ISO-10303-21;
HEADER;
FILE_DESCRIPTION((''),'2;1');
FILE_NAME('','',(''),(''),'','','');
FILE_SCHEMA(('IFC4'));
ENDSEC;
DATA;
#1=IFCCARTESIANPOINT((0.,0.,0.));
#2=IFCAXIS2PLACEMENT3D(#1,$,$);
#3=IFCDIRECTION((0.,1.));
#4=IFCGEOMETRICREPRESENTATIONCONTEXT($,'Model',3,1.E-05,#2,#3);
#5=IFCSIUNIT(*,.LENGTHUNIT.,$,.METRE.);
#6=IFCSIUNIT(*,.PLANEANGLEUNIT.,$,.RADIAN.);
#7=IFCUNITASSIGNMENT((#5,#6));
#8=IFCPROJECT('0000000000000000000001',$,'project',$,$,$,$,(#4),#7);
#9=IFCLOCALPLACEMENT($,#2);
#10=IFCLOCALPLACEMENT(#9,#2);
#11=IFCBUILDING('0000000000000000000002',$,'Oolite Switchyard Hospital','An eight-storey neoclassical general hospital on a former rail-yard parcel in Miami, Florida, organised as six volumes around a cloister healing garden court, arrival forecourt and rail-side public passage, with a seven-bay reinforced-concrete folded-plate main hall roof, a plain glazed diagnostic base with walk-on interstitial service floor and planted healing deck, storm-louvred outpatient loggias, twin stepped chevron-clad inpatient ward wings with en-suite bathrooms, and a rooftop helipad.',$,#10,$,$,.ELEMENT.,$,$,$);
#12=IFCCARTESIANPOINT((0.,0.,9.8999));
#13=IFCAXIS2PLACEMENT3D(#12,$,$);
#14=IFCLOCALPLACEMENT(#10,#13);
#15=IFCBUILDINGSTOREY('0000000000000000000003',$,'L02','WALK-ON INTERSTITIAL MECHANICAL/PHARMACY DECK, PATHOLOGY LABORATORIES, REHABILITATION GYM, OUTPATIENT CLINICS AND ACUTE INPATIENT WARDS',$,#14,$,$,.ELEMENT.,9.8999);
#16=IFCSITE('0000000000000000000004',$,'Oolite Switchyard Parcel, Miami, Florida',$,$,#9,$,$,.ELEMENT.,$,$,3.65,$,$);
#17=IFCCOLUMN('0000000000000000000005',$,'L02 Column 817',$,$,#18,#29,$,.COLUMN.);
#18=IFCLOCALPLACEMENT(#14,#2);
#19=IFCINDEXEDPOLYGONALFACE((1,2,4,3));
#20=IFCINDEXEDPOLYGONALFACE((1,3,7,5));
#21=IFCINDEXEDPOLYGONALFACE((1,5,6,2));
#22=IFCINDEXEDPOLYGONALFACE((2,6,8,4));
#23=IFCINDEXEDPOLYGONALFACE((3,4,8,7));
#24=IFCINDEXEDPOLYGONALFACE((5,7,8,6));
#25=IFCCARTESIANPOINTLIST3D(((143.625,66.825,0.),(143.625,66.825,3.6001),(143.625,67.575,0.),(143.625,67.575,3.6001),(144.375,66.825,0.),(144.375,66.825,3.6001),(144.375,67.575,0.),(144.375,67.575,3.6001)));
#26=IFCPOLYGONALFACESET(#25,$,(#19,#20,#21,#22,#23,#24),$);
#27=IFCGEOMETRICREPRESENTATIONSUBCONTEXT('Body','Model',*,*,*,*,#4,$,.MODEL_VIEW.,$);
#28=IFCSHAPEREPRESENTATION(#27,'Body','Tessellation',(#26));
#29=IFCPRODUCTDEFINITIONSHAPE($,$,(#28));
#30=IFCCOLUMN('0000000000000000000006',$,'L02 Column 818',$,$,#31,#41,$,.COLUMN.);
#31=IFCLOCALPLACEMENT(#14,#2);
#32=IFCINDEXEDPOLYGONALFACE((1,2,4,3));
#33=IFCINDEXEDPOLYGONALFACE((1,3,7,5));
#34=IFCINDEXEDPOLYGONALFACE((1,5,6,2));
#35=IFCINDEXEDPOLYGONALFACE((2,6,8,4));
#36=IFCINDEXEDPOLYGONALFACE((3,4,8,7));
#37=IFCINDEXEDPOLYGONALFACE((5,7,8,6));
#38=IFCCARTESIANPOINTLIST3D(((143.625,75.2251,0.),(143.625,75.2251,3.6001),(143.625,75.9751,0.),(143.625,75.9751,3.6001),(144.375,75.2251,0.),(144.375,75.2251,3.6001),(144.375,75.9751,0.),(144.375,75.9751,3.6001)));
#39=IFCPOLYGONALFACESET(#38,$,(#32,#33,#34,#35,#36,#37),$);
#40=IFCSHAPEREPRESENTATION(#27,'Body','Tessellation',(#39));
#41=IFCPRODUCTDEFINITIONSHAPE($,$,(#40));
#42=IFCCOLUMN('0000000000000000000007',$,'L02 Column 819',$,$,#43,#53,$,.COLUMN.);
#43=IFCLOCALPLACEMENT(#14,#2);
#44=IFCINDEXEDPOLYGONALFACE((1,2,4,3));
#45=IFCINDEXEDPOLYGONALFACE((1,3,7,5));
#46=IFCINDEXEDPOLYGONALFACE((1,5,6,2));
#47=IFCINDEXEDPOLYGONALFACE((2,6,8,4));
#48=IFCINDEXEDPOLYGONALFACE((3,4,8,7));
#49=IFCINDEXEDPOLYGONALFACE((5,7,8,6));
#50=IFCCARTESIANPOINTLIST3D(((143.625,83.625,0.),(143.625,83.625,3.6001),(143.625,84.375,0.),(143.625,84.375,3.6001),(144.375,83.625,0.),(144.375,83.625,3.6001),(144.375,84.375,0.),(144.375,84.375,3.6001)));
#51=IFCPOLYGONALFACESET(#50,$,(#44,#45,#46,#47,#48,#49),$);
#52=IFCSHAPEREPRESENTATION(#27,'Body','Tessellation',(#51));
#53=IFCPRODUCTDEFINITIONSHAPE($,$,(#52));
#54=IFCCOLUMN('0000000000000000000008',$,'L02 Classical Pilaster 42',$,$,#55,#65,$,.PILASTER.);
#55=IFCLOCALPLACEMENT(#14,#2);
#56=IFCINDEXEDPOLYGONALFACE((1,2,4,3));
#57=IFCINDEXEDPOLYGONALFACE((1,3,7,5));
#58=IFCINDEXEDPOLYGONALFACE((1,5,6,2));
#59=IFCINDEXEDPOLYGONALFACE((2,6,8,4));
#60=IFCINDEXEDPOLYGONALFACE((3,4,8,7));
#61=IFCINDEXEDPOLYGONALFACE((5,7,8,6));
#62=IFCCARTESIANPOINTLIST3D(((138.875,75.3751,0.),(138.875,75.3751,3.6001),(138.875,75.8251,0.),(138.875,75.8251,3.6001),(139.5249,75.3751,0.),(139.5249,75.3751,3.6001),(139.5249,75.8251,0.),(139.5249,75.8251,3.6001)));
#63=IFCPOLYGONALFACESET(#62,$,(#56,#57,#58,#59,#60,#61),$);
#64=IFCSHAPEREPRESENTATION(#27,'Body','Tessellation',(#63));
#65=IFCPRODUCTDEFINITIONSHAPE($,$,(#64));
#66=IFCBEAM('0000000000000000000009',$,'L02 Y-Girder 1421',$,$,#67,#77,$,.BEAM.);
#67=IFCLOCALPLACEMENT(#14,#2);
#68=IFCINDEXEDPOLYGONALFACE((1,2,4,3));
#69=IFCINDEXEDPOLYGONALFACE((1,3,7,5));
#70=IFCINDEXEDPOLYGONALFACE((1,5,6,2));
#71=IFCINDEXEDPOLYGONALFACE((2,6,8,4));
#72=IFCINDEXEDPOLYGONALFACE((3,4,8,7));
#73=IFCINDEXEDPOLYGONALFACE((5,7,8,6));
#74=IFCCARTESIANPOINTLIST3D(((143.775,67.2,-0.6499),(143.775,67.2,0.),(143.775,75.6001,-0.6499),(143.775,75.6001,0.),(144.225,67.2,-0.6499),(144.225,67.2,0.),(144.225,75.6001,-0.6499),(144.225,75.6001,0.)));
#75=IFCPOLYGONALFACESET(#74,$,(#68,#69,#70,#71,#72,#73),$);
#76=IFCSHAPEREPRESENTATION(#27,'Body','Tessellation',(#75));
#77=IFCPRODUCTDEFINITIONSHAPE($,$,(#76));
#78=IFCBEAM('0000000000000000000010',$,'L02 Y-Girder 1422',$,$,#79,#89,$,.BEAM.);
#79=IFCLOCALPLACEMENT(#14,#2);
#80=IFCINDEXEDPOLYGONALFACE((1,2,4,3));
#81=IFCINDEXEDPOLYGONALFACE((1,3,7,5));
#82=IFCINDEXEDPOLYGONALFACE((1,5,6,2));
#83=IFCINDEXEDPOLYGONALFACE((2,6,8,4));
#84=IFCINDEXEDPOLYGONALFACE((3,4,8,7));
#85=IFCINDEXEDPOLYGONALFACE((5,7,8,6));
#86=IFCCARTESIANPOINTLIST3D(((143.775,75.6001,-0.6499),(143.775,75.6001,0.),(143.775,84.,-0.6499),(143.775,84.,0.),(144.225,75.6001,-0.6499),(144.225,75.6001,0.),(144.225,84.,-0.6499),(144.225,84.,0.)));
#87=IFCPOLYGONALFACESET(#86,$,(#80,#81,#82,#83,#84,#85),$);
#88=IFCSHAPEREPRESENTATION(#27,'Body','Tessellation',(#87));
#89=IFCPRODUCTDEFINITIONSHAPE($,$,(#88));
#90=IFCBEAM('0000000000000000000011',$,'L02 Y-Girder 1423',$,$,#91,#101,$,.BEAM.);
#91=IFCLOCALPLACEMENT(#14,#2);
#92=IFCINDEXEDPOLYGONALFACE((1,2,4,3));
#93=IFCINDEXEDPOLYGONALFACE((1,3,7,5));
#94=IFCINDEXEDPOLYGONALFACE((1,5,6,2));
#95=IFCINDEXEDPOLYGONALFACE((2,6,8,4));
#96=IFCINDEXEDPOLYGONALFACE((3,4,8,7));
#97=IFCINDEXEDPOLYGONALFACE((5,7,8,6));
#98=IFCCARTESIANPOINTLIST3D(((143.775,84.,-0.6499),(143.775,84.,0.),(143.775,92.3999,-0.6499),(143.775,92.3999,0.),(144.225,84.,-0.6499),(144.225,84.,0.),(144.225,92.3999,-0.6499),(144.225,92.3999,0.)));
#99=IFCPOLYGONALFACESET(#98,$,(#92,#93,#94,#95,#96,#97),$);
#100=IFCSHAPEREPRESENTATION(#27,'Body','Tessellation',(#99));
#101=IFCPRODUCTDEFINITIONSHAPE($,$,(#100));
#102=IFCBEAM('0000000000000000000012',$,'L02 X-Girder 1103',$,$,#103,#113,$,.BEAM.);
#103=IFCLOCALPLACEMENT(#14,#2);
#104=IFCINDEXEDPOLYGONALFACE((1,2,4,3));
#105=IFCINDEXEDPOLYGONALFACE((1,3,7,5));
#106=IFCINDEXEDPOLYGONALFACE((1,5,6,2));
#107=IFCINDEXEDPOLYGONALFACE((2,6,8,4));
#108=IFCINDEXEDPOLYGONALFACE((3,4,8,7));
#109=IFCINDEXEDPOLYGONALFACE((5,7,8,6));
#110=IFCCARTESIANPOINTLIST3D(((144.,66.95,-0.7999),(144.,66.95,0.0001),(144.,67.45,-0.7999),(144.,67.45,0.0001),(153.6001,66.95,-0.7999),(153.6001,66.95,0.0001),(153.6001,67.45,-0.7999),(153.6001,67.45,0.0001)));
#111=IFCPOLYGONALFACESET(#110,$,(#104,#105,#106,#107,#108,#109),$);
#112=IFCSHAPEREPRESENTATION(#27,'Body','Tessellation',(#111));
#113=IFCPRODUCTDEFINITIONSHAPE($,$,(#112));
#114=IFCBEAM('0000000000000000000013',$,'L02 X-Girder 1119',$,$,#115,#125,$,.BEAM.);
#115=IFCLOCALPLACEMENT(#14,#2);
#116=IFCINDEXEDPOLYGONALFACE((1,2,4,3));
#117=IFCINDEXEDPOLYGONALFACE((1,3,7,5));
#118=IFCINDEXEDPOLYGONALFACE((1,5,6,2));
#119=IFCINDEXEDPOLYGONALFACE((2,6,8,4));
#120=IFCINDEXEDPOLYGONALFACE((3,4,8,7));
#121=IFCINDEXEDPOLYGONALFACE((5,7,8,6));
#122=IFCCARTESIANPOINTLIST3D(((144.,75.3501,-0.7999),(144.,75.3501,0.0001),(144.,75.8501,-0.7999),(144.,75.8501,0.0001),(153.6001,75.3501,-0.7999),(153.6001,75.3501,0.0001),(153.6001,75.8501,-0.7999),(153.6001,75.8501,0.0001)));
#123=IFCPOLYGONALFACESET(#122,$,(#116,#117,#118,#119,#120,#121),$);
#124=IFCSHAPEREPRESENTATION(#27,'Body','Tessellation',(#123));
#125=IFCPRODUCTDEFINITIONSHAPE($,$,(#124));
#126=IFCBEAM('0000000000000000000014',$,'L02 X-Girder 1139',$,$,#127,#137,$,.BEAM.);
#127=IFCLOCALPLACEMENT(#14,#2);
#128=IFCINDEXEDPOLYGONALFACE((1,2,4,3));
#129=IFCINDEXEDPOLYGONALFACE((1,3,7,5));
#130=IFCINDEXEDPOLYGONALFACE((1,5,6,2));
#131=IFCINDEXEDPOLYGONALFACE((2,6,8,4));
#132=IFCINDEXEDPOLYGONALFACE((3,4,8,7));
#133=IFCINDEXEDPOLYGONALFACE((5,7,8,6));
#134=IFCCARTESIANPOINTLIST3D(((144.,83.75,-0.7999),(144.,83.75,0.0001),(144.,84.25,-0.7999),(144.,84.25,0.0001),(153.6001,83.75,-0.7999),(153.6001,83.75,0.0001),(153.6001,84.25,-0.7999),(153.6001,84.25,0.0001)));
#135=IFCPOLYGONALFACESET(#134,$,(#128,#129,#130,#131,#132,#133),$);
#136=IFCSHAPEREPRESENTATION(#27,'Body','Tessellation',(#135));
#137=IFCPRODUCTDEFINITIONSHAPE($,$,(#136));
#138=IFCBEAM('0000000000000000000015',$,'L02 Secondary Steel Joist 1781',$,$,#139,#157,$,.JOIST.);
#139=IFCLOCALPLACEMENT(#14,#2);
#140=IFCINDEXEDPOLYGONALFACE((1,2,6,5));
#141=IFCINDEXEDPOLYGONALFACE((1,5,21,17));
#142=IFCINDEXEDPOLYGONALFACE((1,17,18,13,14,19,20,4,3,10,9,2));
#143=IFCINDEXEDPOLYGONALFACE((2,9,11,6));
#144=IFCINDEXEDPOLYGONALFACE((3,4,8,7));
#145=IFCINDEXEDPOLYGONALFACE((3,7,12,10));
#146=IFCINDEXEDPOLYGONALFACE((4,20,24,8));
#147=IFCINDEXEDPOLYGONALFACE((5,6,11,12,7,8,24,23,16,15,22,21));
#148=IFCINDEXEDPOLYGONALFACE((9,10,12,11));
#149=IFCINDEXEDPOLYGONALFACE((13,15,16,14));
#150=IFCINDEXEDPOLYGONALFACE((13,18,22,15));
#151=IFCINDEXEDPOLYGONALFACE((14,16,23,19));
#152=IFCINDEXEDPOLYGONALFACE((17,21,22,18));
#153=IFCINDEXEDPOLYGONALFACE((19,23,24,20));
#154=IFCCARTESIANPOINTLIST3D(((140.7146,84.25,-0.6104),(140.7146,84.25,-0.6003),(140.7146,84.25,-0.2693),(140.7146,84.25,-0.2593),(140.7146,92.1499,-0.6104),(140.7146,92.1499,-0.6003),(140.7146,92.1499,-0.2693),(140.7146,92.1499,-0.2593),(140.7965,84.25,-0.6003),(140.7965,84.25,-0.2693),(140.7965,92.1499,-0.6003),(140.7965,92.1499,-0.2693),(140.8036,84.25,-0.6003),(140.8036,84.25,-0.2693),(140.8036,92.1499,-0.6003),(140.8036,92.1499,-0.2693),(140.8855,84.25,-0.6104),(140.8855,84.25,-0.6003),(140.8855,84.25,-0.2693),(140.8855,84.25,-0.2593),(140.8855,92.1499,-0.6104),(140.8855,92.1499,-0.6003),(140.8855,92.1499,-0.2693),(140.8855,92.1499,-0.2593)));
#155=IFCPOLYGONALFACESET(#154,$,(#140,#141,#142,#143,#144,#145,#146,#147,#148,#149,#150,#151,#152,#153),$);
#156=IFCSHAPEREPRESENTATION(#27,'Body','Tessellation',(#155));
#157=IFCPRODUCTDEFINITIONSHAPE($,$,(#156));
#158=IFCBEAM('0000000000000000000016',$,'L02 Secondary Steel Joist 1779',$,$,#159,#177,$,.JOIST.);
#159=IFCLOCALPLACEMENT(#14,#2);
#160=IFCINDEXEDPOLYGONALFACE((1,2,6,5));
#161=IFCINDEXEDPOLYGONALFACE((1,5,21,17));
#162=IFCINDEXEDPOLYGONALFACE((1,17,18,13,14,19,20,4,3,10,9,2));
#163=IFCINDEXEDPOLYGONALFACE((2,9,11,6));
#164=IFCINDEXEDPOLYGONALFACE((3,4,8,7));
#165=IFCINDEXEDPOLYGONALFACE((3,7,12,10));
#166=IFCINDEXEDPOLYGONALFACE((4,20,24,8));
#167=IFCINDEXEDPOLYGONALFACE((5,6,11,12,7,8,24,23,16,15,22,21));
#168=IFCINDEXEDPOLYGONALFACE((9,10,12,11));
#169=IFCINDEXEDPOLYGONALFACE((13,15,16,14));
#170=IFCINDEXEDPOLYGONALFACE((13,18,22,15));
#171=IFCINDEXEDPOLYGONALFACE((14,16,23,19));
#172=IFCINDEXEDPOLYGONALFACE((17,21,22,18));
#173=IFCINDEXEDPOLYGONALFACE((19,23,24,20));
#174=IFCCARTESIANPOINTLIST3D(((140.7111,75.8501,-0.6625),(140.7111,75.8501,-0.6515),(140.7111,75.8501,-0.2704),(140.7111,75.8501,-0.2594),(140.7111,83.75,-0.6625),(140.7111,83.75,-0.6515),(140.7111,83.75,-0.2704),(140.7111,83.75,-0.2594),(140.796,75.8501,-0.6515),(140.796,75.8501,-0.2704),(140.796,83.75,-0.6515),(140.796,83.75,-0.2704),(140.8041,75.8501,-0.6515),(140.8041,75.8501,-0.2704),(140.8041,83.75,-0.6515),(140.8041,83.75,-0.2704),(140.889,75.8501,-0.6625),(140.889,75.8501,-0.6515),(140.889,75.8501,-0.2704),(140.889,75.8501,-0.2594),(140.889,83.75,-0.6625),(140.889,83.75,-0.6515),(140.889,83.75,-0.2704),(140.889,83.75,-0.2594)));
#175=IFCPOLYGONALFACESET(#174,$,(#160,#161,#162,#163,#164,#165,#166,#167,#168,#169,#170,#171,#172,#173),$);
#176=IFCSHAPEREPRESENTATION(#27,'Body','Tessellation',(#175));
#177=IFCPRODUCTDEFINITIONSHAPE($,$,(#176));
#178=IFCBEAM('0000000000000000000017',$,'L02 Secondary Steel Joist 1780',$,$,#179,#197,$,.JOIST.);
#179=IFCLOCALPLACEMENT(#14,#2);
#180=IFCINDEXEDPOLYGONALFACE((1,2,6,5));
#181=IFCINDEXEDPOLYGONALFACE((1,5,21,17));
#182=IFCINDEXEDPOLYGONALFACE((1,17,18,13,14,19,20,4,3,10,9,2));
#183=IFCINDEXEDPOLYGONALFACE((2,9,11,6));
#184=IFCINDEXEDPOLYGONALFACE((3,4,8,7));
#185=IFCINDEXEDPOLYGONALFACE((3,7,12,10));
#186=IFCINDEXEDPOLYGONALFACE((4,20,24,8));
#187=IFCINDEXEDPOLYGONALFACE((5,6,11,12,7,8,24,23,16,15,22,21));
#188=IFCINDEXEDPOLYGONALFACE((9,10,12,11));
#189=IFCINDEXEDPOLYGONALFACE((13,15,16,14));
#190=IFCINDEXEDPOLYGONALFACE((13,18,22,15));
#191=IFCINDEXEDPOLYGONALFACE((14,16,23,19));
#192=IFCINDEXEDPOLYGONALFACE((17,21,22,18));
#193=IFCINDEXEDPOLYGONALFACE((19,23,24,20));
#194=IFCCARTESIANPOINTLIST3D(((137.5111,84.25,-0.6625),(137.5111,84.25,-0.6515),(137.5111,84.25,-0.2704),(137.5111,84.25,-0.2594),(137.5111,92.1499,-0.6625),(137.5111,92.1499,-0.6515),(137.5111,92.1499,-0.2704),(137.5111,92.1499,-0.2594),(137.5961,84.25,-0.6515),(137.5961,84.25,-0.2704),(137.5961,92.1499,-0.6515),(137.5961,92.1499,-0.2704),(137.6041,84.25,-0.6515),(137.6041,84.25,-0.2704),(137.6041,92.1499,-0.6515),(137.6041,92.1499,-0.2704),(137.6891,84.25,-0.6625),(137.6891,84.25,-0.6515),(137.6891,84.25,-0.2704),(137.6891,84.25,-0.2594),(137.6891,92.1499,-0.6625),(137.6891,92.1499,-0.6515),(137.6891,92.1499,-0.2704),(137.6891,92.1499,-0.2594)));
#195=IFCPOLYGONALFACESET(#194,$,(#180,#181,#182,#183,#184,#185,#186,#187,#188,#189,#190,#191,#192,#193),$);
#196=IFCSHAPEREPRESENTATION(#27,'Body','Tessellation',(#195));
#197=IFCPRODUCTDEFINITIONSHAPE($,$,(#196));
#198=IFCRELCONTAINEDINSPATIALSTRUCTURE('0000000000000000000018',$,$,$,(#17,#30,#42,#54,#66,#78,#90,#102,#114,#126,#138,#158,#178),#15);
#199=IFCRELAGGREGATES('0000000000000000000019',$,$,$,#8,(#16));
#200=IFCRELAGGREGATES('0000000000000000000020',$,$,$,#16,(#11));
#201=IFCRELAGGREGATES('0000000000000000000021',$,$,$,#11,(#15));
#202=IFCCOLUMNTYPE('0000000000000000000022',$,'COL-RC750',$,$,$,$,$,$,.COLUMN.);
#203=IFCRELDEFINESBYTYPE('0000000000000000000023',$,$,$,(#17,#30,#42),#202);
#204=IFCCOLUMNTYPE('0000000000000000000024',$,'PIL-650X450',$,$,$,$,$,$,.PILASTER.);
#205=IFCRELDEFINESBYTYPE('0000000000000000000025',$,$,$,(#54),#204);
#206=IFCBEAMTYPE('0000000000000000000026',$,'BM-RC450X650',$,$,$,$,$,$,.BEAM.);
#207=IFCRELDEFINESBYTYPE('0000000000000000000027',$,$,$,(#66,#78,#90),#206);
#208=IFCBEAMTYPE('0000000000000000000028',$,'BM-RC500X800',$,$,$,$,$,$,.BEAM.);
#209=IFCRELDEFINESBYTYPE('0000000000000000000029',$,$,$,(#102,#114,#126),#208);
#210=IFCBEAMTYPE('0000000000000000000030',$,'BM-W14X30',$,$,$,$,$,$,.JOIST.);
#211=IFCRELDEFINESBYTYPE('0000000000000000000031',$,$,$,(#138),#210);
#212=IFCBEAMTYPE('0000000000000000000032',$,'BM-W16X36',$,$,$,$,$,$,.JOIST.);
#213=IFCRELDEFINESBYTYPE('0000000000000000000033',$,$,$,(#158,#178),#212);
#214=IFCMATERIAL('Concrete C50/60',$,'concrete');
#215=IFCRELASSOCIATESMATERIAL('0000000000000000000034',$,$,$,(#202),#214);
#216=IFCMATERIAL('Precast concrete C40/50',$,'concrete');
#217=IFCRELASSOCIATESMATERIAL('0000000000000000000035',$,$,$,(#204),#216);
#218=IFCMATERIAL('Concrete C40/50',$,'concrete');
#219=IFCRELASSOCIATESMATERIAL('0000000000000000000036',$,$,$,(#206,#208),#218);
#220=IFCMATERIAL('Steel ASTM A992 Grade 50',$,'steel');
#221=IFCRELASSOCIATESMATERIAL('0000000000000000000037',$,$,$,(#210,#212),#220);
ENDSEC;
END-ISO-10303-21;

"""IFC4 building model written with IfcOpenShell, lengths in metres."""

from ifc_helpers import new_model, si_unit, direction, frame, origin, origin_2d, place, context, subcontext, project, spatial, rectangle, i_section, extrude, material, material_profile, profile_set, type_object, element, save


model = new_model("IFC4")

# Units and contexts
model_context = context("Model", 3, precision=1e-05, world=origin(), true_north=direction((0.0, 1.0)))
body_context = subcontext(model_context, "Body", "Model", "MODEL_VIEW")
ifc_project = project(units=[si_unit("LENGTHUNIT", "METRE"), si_unit("PLANEANGLEUNIT", "RADIAN")], contexts=[model_context])

# Site, building, storey
site_placement = place(None, origin())
site = spatial("IfcSite", under=ifc_project, at=site_placement, Name="Oolite Switchyard Parcel, Miami, Florida", CompositionType="ELEMENT", RefElevation=3.65)
building_placement = place(site_placement, origin())
building = spatial("IfcBuilding", under=site, at=building_placement, Name="Oolite Switchyard Hospital", Description="An eight-storey neoclassical general hospital on a former rail-yard parcel in Miami, Florida, organised as six volumes around a cloister healing garden court, arrival forecourt and rail-side public passage, with a seven-bay reinforced-concrete folded-plate main hall roof, a plain glazed diagnostic base with walk-on interstitial service floor and planted healing deck, storm-louvred outpatient loggias, twin stepped chevron-clad inpatient ward wings with en-suite bathrooms, and a rooftop helipad.", CompositionType="ELEMENT")
storey_placement = place(building_placement, frame((0.0, 0.0, 9.8999)))
storey = spatial("IfcBuildingStorey", under=building, at=storey_placement, Name="L02", Description="WALK-ON INTERSTITIAL MECHANICAL/PHARMACY DECK, PATHOLOGY LABORATORIES, REHABILITATION GYM, OUTPATIENT CLINICS AND ACUTE INPATIENT WARDS", CompositionType="ELEMENT", Elevation=9.8999)

# Columns
ifc_material_1 = material(Name="Concrete C50/60", Category="concrete")
ifc_material_profile_1 = material_profile(ifc_material_1, rectangle(XDim=0.75, YDim=0.75, at=origin_2d()), Name="RC750X750")
ifc_profile_set_1 = profile_set([ifc_material_profile_1], Name="Concrete C50/60")
column_type_1 = type_object("IfcColumnType", Name="COL-RC750", PredefinedType="COLUMN", material=ifc_profile_set_1)
for number, where, z_axis, x_axis, name in (
    (1, (144.0, 67.2, 0.0), (0.0, 0.0, 1.0), (1.0, 0.0, 0.0), "L02 Column 817"),
    (2, (144.0, 75.6001, 0.0), (0.0, 0.0, 1.0), (1.0, 0.0, 0.0), "L02 Column 818"),
    (3, (144.0, 84.0, 0.0), (0.0, 0.0, 1.0), (1.0, 0.0, 0.0), "L02 Column 819"),
):
    element("IfcColumn", number, at=place(storey_placement, frame(where, z_axis=z_axis, x_axis=x_axis)), inside=storey, type_object=column_type_1, Name=name, PredefinedType="COLUMN", context=body_context, shape_type="SweptSolid", body=[
        extrude(rectangle(XDim=0.75, YDim=0.75, at=origin_2d()), origin(), (0.0, 0.0, 1.0), 3.6001),
    ])
ifc_material_2 = material(Name="Precast concrete C40/50", Category="concrete")
ifc_material_profile_2 = material_profile(ifc_material_2, rectangle(XDim=0.6499, YDim=0.45, at=origin_2d()), Name="PIL650X450")
ifc_profile_set_2 = profile_set([ifc_material_profile_2], Name="Precast concrete C40/50")
column_type_2 = type_object("IfcColumnType", Name="PIL-650X450", PredefinedType="PILASTER", material=ifc_profile_set_2)
column_placement = place(storey_placement, frame((139.2, 75.6001, 0.0), z_axis=(0.0, 0.0, 1.0), x_axis=(1.0, 0.0, 0.0)))
element("IfcColumn", 4, at=column_placement, inside=storey, type_object=column_type_2, Name="L02 Classical Pilaster 42", PredefinedType="PILASTER", context=body_context, shape_type="SweptSolid", body=[
    extrude(rectangle(XDim=0.6499, YDim=0.45, at=origin_2d()), origin(), (0.0, 0.0, 1.0), 3.6001),
])

# Beams
ifc_material_3 = material(Name="Concrete C40/50", Category="concrete")
ifc_material_profile_3 = material_profile(ifc_material_3, rectangle(XDim=0.45, YDim=0.6499, at=origin_2d()), Name="RCB450X650")
ifc_profile_set_3 = profile_set([ifc_material_profile_3], Name="Concrete C40/50")
beam_type_1 = type_object("IfcBeamType", Name="BM-RC450X650", PredefinedType="BEAM", material=ifc_profile_set_3)
beam_1_placement = place(storey_placement, frame((144.0, 67.2, -0.325), z_axis=(0.0, 1.0, 0.0), x_axis=(-1.0, 0.0, 0.0)))
element("IfcBeam", 5, at=beam_1_placement, inside=storey, type_object=beam_type_1, Name="L02 Y-Girder 1421", PredefinedType="BEAM", context=body_context, shape_type="SweptSolid", body=[
    extrude(rectangle(XDim=0.45, YDim=0.6499, at=origin_2d()), origin(), (0.0, 0.0, 1.0), 8.4001),
])
for number, where, z_axis, x_axis, name in (
    (6, (144.0, 75.6001, -0.325), (0.0, 1.0, 0.0), (-1.0, 0.0, 0.0), "L02 Y-Girder 1422"),
    (7, (144.0, 84.0, -0.325), (0.0, 1.0, 0.0), (-1.0, 0.0, 0.0), "L02 Y-Girder 1423"),
):
    element("IfcBeam", number, at=place(storey_placement, frame(where, z_axis=z_axis, x_axis=x_axis)), inside=storey, type_object=beam_type_1, Name=name, PredefinedType="BEAM", context=body_context, shape_type="SweptSolid", body=[
        extrude(rectangle(XDim=0.45, YDim=0.6499, at=origin_2d()), origin(), (0.0, 0.0, 1.0), 8.3999),
    ])
ifc_material_profile_4 = material_profile(ifc_material_3, rectangle(XDim=0.5, YDim=0.8, at=origin_2d()), Name="RCB500X800")
ifc_profile_set_4 = profile_set([ifc_material_profile_4], Name="Concrete C40/50")
beam_type_2 = type_object("IfcBeamType", Name="BM-RC500X800", PredefinedType="BEAM", material=ifc_profile_set_4)
for number, where, z_axis, x_axis, name in (
    (8, (144.0, 67.2, -0.3999), (1.0, 0.0, 0.0), (0.0, 1.0, 0.0), "L02 X-Girder 1103"),
    (9, (144.0, 75.6001, -0.3999), (1.0, 0.0, 0.0), (0.0, 1.0, 0.0), "L02 X-Girder 1119"),
    (10, (144.0, 84.0, -0.3999), (1.0, 0.0, 0.0), (0.0, 1.0, 0.0), "L02 X-Girder 1139"),
):
    element("IfcBeam", number, at=place(storey_placement, frame(where, z_axis=z_axis, x_axis=x_axis)), inside=storey, type_object=beam_type_2, Name=name, PredefinedType="BEAM", context=body_context, shape_type="SweptSolid", body=[
        extrude(rectangle(XDim=0.5, YDim=0.8, at=origin_2d()), origin(), (0.0, 0.0, 1.0), 9.6001),
    ])
ifc_material_4 = material(Name="Steel ASTM A992 Grade 50", Category="steel")
ifc_material_profile_5 = material_profile(ifc_material_4, i_section(OverallWidth=0.1709, OverallDepth=0.3511, WebThickness=0.0071, FlangeThickness=0.01, at=origin_2d()), Name="W14X30")
ifc_profile_set_5 = profile_set([ifc_material_profile_5], Name="Steel ASTM A992 Grade 50")
beam_type_3 = type_object("IfcBeamType", Name="BM-W14X30", PredefinedType="JOIST", material=ifc_profile_set_5)
beam_2_placement = place(storey_placement, frame((140.8, 84.25, -0.4348), z_axis=(0.0, 1.0, 0.0), x_axis=(-1.0, 0.0, 0.0)))
element("IfcBeam", 11, at=beam_2_placement, inside=storey, type_object=beam_type_3, Name="L02 Secondary Steel Joist 1781", PredefinedType="JOIST", context=body_context, shape_type="SweptSolid", body=[
    extrude(i_section(OverallWidth=0.1709, OverallDepth=0.3511, WebThickness=0.0071, FlangeThickness=0.01, at=origin_2d()), origin(), (0.0, 0.0, 1.0), 7.8999),
])
ifc_material_profile_6 = material_profile(ifc_material_4, i_section(OverallWidth=0.178, OverallDepth=0.4031, WebThickness=0.0081, FlangeThickness=0.011, at=origin_2d()), Name="W16X36")
ifc_profile_set_6 = profile_set([ifc_material_profile_6], Name="Steel ASTM A992 Grade 50")
beam_type_4 = type_object("IfcBeamType", Name="BM-W16X36", PredefinedType="JOIST", material=ifc_profile_set_6)
for number, where, z_axis, x_axis, name in (
    (12, (140.8, 75.8501, -0.4609), (0.0, 1.0, 0.0), (-1.0, 0.0, 0.0), "L02 Secondary Steel Joist 1779"),
    (13, (137.6001, 84.25, -0.4609), (0.0, 1.0, 0.0), (-1.0, 0.0, 0.0), "L02 Secondary Steel Joist 1780"),
):
    element("IfcBeam", number, at=place(storey_placement, frame(where, z_axis=z_axis, x_axis=x_axis)), inside=storey, type_object=beam_type_4, Name=name, PredefinedType="JOIST", context=body_context, shape_type="SweptSolid", body=[
        extrude(i_section(OverallWidth=0.178, OverallDepth=0.4031, WebThickness=0.0081, FlangeThickness=0.011, at=origin_2d()), origin(), (0.0, 0.0, 1.0), 7.8999),
    ])

save(model, "model.ifc")
